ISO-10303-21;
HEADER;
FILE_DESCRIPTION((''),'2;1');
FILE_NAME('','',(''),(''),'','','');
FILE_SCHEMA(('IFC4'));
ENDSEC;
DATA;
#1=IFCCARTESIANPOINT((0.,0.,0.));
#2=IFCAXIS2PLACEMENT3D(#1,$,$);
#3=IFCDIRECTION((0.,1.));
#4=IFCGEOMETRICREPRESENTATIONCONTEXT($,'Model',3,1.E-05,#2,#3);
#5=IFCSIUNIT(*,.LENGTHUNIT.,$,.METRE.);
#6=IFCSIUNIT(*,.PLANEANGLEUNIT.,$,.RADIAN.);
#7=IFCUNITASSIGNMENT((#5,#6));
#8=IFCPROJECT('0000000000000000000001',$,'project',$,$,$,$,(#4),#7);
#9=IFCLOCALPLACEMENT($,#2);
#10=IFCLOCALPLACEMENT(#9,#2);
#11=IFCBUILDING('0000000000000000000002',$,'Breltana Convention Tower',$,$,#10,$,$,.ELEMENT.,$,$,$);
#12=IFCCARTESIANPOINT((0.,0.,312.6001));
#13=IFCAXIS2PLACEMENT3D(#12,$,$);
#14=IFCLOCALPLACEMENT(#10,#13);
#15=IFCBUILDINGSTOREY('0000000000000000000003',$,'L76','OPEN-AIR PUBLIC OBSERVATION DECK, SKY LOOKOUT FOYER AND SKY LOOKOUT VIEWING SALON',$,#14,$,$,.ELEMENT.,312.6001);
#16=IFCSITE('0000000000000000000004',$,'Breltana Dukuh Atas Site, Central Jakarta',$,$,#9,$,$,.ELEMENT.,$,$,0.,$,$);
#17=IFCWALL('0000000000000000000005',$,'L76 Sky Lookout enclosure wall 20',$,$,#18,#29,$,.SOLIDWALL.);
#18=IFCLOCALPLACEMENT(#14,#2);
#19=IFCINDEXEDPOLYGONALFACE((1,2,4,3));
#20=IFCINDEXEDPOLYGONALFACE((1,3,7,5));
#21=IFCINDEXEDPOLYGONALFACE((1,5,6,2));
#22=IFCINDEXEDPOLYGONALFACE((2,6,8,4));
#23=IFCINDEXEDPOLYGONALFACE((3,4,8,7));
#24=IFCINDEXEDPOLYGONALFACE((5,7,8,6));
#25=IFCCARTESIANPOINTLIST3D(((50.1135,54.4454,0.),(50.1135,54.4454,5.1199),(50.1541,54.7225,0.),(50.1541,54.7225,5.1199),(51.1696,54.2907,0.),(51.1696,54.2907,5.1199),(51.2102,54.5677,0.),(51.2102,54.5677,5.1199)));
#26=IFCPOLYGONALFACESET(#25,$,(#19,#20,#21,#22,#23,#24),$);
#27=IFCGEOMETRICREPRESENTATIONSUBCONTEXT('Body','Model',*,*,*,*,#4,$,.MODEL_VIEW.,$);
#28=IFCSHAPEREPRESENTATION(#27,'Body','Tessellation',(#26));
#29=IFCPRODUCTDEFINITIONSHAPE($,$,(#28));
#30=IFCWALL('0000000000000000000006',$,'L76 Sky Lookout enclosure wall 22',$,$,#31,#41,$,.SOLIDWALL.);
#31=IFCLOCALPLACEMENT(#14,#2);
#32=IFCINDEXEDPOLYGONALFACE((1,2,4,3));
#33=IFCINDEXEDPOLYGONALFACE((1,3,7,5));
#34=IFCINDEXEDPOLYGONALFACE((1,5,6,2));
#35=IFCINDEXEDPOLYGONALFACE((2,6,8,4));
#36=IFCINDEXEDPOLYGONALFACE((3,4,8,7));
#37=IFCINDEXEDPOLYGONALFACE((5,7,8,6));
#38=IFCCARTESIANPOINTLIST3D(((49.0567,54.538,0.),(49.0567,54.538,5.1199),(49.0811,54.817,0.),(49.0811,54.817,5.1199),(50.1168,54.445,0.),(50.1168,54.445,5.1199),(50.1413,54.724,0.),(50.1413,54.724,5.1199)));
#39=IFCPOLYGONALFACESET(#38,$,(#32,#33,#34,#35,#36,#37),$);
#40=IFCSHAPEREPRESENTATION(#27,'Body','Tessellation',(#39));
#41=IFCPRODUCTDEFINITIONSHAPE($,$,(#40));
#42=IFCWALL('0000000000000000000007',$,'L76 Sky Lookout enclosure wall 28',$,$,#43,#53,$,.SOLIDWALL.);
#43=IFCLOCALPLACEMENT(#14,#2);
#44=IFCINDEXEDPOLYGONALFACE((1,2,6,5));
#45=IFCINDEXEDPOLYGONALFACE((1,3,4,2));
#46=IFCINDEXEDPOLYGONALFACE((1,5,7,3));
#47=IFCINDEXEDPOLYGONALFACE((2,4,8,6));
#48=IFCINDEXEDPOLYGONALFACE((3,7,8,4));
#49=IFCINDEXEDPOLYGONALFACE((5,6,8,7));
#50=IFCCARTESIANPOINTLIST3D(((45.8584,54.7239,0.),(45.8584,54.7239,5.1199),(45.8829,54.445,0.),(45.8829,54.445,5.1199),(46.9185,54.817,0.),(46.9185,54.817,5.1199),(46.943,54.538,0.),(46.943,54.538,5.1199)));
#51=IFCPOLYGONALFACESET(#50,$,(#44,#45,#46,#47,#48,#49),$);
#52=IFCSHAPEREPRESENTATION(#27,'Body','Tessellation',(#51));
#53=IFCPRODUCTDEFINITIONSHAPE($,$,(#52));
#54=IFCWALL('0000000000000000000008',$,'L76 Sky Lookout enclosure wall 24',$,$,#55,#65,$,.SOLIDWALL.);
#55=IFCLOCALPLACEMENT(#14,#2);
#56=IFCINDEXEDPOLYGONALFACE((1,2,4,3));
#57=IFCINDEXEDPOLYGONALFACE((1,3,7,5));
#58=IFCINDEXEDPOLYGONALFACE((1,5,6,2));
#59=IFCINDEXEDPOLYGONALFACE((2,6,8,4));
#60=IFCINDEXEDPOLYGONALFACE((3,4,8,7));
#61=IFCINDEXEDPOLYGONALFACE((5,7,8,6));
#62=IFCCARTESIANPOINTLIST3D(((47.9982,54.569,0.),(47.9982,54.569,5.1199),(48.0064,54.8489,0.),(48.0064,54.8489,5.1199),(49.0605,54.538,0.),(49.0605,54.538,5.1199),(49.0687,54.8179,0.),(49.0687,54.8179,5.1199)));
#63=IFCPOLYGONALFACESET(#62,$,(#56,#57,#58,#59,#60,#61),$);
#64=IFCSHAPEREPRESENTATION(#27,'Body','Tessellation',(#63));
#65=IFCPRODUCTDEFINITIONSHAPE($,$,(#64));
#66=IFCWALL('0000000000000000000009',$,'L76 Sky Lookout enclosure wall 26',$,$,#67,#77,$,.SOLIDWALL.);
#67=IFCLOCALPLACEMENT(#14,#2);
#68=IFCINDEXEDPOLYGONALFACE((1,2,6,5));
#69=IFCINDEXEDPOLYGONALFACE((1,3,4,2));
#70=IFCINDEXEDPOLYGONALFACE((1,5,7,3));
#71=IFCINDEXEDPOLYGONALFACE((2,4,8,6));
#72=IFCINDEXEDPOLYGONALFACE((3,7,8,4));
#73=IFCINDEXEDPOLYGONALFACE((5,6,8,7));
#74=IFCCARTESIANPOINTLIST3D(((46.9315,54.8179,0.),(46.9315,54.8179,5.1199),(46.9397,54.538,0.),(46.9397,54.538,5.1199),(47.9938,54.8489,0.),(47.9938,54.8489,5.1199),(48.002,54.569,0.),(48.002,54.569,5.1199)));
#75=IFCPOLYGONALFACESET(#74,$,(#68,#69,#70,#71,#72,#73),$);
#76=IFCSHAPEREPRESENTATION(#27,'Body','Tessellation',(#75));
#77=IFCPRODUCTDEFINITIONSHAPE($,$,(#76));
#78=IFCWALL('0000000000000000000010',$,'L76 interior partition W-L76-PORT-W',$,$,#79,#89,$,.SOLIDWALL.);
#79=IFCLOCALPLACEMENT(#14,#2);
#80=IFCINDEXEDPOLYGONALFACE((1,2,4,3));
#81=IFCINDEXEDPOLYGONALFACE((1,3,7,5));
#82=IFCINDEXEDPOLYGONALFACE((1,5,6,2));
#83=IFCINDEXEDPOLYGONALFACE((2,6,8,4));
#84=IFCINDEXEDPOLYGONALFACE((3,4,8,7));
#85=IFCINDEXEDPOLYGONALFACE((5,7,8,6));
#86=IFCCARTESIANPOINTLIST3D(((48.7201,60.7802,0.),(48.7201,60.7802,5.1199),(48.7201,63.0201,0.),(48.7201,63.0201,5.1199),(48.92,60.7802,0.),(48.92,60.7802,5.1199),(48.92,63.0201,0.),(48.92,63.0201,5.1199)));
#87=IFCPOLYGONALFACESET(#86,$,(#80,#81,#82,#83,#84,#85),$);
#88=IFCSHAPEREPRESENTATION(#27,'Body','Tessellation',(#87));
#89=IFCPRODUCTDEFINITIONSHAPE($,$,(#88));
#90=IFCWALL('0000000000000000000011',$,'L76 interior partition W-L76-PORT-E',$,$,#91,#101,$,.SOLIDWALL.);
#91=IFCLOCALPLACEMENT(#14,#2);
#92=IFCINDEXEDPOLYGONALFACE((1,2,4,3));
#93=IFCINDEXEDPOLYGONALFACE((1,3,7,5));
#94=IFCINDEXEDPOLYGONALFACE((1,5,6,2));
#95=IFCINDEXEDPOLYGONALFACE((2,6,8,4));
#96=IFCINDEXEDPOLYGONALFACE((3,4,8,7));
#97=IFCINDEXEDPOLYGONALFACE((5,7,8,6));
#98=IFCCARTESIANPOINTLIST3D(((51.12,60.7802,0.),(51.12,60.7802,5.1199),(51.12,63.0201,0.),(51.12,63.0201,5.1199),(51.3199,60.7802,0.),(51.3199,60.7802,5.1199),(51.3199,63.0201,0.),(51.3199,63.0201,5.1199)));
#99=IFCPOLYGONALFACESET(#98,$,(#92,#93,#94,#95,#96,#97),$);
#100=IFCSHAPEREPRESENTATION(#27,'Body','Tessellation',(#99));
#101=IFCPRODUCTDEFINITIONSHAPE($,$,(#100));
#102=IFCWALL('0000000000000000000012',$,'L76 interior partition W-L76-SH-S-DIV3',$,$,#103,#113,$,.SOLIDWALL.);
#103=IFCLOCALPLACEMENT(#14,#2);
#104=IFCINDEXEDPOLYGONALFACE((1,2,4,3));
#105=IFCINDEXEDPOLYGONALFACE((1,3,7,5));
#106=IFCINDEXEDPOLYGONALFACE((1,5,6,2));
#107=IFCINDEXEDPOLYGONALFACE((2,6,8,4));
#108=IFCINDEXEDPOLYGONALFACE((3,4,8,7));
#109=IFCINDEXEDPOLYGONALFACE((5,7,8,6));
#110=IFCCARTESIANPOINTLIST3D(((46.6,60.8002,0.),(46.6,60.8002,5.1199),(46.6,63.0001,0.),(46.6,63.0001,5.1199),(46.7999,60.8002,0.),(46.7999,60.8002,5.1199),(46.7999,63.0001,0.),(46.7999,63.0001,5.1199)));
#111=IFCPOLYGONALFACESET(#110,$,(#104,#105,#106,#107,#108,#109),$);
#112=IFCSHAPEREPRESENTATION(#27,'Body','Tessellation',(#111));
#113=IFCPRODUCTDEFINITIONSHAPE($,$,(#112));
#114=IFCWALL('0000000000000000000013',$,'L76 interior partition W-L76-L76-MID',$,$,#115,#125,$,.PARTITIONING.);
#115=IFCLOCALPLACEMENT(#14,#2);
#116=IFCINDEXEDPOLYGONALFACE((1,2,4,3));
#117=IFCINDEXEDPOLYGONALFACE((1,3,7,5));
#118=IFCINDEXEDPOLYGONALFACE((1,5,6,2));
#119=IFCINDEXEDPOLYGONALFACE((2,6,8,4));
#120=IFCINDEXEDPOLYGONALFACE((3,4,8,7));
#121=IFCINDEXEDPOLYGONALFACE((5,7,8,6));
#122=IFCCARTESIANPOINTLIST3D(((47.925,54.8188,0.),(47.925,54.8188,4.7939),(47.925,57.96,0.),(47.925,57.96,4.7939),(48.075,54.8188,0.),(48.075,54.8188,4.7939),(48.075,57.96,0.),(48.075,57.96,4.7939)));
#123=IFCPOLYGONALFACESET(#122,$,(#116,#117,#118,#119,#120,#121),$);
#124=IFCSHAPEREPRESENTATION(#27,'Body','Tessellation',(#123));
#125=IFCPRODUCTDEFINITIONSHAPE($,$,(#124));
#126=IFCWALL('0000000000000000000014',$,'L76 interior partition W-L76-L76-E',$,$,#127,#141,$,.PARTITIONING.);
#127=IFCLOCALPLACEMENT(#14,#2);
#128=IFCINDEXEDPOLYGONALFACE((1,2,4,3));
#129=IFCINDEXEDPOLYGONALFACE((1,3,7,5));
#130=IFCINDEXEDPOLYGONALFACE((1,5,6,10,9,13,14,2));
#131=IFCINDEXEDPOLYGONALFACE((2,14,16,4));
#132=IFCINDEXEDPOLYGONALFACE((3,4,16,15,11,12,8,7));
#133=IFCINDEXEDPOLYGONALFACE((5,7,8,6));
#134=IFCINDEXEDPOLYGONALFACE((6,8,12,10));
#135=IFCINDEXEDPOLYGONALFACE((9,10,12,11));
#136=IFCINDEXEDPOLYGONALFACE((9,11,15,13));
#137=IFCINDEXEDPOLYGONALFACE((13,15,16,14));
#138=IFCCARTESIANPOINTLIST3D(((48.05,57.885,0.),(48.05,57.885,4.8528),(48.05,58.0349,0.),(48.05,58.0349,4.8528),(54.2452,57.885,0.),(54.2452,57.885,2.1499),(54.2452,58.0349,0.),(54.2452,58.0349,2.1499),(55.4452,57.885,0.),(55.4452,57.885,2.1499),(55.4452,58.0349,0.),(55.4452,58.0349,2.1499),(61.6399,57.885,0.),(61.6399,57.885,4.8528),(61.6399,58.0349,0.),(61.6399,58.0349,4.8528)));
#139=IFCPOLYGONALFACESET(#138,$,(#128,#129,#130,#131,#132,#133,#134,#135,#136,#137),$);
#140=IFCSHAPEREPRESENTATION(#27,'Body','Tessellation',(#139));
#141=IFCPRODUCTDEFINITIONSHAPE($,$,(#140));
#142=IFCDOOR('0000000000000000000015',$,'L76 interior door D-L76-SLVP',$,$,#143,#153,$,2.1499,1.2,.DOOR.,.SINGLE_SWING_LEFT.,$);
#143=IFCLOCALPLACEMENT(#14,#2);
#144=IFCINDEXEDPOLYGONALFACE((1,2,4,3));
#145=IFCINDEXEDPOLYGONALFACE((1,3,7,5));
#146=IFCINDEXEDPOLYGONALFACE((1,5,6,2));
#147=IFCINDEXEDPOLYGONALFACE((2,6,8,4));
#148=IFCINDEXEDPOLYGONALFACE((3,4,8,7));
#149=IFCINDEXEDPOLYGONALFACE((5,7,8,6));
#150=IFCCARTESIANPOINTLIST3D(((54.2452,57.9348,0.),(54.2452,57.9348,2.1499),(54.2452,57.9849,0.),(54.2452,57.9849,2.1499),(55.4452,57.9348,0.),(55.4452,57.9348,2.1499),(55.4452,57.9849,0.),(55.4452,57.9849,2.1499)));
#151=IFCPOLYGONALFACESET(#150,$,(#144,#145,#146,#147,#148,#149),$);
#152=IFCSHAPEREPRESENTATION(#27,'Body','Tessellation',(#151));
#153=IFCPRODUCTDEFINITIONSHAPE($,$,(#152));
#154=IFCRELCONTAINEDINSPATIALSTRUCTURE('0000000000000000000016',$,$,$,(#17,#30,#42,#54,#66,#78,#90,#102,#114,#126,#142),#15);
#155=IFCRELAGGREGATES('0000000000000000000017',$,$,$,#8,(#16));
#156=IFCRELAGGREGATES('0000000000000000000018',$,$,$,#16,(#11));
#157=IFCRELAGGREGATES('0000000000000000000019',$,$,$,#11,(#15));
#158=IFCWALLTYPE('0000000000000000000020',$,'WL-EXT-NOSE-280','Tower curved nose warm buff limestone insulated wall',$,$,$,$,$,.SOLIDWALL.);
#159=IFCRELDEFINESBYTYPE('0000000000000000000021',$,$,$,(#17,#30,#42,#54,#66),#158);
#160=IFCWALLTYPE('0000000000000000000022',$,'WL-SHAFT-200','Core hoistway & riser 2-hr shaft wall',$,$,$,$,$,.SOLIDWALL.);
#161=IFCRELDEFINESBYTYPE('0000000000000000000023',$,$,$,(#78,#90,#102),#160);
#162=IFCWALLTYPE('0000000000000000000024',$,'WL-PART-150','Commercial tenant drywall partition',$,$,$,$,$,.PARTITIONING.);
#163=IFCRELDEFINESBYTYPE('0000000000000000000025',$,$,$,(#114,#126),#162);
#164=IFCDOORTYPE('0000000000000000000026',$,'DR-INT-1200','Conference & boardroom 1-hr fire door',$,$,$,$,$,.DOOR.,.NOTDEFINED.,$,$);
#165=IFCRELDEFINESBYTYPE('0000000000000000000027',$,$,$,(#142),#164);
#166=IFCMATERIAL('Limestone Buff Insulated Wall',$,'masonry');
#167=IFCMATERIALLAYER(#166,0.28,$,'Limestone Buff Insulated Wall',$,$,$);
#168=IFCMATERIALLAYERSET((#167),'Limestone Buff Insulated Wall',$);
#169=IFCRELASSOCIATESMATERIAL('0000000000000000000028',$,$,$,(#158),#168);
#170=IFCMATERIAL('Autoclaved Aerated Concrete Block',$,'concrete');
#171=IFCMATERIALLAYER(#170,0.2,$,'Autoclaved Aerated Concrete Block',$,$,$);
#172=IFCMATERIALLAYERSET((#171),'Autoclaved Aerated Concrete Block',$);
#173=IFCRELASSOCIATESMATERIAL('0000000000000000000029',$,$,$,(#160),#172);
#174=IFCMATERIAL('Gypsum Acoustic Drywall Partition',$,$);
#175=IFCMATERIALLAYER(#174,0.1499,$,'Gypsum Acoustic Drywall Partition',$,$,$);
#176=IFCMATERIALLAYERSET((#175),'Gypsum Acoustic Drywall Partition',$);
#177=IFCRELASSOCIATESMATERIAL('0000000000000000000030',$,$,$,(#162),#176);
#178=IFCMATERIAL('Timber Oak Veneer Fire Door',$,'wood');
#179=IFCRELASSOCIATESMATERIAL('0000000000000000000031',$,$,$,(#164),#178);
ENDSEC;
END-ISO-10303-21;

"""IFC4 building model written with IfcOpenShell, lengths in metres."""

from ifc_helpers import new_model, si_unit, direction, frame, frame_2d, origin, place, context, subcontext, project, spatial, rectangle, extrude, source, transform, mapped, material, layer, layer_set, type_object, type_shapes, element, fill, save


model = new_model("IFC4")

# Units and contexts
model_context = context("Model", 3, precision=1e-05, world=origin(), true_north=direction((0.0, 1.0)))
body_context = subcontext(model_context, "Body", "Model", "MODEL_VIEW")
ifc_project = project(units=[si_unit("LENGTHUNIT", "METRE"), si_unit("PLANEANGLEUNIT", "RADIAN")], contexts=[model_context])

# Site, building, storey
site_placement = place(None, origin())
site = spatial("IfcSite", under=ifc_project, at=site_placement, Name="Breltana Dukuh Atas Site, Central Jakarta", CompositionType="ELEMENT", RefElevation=0.0)
building_placement = place(site_placement, origin())
building = spatial("IfcBuilding", under=site, at=building_placement, Name="Breltana Convention Tower", CompositionType="ELEMENT")
storey_placement = place(building_placement, frame((0.0, 0.0, 312.6001)))
storey = spatial("IfcBuildingStorey", under=building, at=storey_placement, Name="L76", Description="OPEN-AIR PUBLIC OBSERVATION DECK, SKY LOOKOUT FOYER AND SKY LOOKOUT VIEWING SALON", CompositionType="ELEMENT", Elevation=312.6001)

# Walls
ifc_material_1 = material(Name="Limestone Buff Insulated Wall", Category="masonry")
ifc_layer_1 = layer(ifc_material_1, 0.28, Name="Limestone Buff Insulated Wall")
ifc_layer_set_1 = layer_set([ifc_layer_1], Name="Limestone Buff Insulated Wall")
wall_type_1 = type_object("IfcWallType", Name="WL-EXT-NOSE-280", Description="Tower curved nose warm buff limestone insulated wall", PredefinedType="SOLIDWALL", material=ifc_layer_set_1)
shared_shape_1 = source(origin(), body_context, "Body", "SweptSolid", [
    extrude(rectangle(XDim=1.0674, YDim=0.28, at=frame_2d((0.5337, 0.0))), origin(), (0.0, 0.0, 1.0), 5.1199),
])
wall_1_placement = place(storey_placement, frame((51.1899, 54.4292, 0.0), z_axis=(0.0, 0.0, 1.0), x_axis=(-0.989431, 0.145007, 0.0)))
element("IfcWall", 1, at=wall_1_placement, inside=storey, type_object=wall_type_1, Name="L76 Sky Lookout enclosure wall 20", PredefinedType="SOLIDWALL", context=body_context, shape_type="MappedRepresentation", body=[
    mapped(shared_shape_1, transform((0.0, 0.0, 0.0), scale=1.0)),
])
shared_shape_2 = source(origin(), body_context, "Body", "SweptSolid", [
    extrude(rectangle(XDim=1.0642, YDim=0.28, at=frame_2d((0.5322, 0.0))), origin(), (0.0, 0.0, 1.0), 5.1199),
])
for number, where, z_axis, x_axis, name in (
    (2, (50.1292, 54.5845, 0.0), (0.0, 0.0, 1.0), (-0.996172, 0.087412, 0.0), "L76 Sky Lookout enclosure wall 22"),
    (3, (46.9309, 54.6775, 0.0), (0.0, 0.0, 1.0), (-0.996172, -0.087412, 0.0), "L76 Sky Lookout enclosure wall 28"),
):
    element("IfcWall", number, at=place(storey_placement, frame(where, z_axis=z_axis, x_axis=x_axis)), inside=storey, type_object=wall_type_1, Name=name, PredefinedType="SOLIDWALL", context=body_context, shape_type="MappedRepresentation", body=[
        mapped(shared_shape_2, transform((0.0, 0.0, 0.0), scale=1.0)),
    ])
shared_shape_3 = source(origin(), body_context, "Body", "SweptSolid", [
    extrude(rectangle(XDim=1.0627, YDim=0.28, at=frame_2d((0.5312, 0.0))), origin(), (0.0, 0.0, 1.0), 5.1199),
])
for number, where, z_axis, x_axis, name in (
    (4, (49.0645, 54.678, 0.0), (0.0, 0.0, 1.0), (-0.999574, 0.029176, 0.0), "L76 Sky Lookout enclosure wall 24"),
    (5, (47.9978, 54.709, 0.0), (0.0, 0.0, 1.0), (-0.999574, -0.029176, 0.0), "L76 Sky Lookout enclosure wall 26"),
):
    element("IfcWall", number, at=place(storey_placement, frame(where, z_axis=z_axis, x_axis=x_axis)), inside=storey, type_object=wall_type_1, Name=name, PredefinedType="SOLIDWALL", context=body_context, shape_type="MappedRepresentation", body=[
        mapped(shared_shape_3, transform((0.0, 0.0, 0.0), scale=1.0)),
    ])
ifc_material_2 = material(Name="Autoclaved Aerated Concrete Block", Category="concrete")
ifc_layer_2 = layer(ifc_material_2, 0.2, Name="Autoclaved Aerated Concrete Block")
ifc_layer_set_2 = layer_set([ifc_layer_2], Name="Autoclaved Aerated Concrete Block")
wall_type_2 = type_object("IfcWallType", Name="WL-SHAFT-200", Description="Core hoistway & riser 2-hr shaft wall", PredefinedType="SOLIDWALL", material=ifc_layer_set_2)
shared_shape_4 = source(origin(), body_context, "Body", "SweptSolid", [
    extrude(rectangle(XDim=2.24, YDim=0.2, at=frame_2d((1.1201, 0.0))), origin(), (0.0, 0.0, 1.0), 5.1199),
])
for number, where, z_axis, x_axis, name in (
    (6, (48.8201, 60.78, 0.0), (0.0, 0.0, 1.0), (0.0, 1.0, 0.0), "L76 interior partition W-L76-PORT-W"),
    (7, (51.22, 60.78, 0.0), (0.0, 0.0, 1.0), (0.0, 1.0, 0.0), "L76 interior partition W-L76-PORT-E"),
):
    element("IfcWall", number, at=place(storey_placement, frame(where, z_axis=z_axis, x_axis=x_axis)), inside=storey, type_object=wall_type_2, Name=name, PredefinedType="SOLIDWALL", context=body_context, shape_type="MappedRepresentation", body=[
        mapped(shared_shape_4, transform((0.0, 0.0, 0.0), scale=1.0)),
    ])
shared_shape_5 = source(origin(), body_context, "Body", "SweptSolid", [
    extrude(rectangle(XDim=2.2, YDim=0.2, at=frame_2d((1.1001, 0.0))), origin(), (0.0, 0.0, 1.0), 5.1199),
])
wall_2_placement = place(storey_placement, frame((46.7, 60.8, 0.0), z_axis=(0.0, 0.0, 1.0), x_axis=(0.0, 1.0, 0.0)))
element("IfcWall", 8, at=wall_2_placement, inside=storey, type_object=wall_type_2, Name="L76 interior partition W-L76-SH-S-DIV3", PredefinedType="SOLIDWALL", context=body_context, shape_type="MappedRepresentation", body=[
    mapped(shared_shape_5, transform((0.0, 0.0, 0.0), scale=1.0)),
])
ifc_material_3 = material(Name="Gypsum Acoustic Drywall Partition")
ifc_layer_3 = layer(ifc_material_3, 0.1499, Name="Gypsum Acoustic Drywall Partition")
ifc_layer_set_3 = layer_set([ifc_layer_3], Name="Gypsum Acoustic Drywall Partition")
wall_type_3 = type_object("IfcWallType", Name="WL-PART-150", Description="Commercial tenant drywall partition", PredefinedType="PARTITIONING", material=ifc_layer_set_3)
shared_shape_6 = source(origin(), body_context, "Body", "SweptSolid", [
    extrude(rectangle(XDim=3.1411, YDim=0.1499, at=frame_2d((1.5706, 0.0))), origin(), (0.0, 0.0, 1.0), 4.7939),
])
wall_3_placement = place(storey_placement, frame((48.0, 54.8188, 0.0), z_axis=(0.0, 0.0, 1.0), x_axis=(0.0, 1.0, 0.0)))
element("IfcWall", 9, at=wall_3_placement, inside=storey, type_object=wall_type_3, Name="L76 interior partition W-L76-L76-MID", PredefinedType="PARTITIONING", context=body_context, shape_type="MappedRepresentation", body=[
    mapped(shared_shape_6, transform((0.0, 0.0, 0.0), scale=1.0)),
])

# Wall, opening, door
shared_shape_7 = source(origin(), body_context, "Body", "SweptSolid", [
    extrude(rectangle(XDim=13.5898, YDim=0.1499, at=frame_2d((6.7949, 0.0))), origin(), (0.0, 0.0, 1.0), 4.8528),
])
wall_4_placement = place(storey_placement, frame((48.05, 57.96, 0.0), z_axis=(0.0, 0.0, 1.0), x_axis=(1.0, 0.0, 0.0)))
wall_4 = element("IfcWall", 10, at=wall_4_placement, inside=storey, type_object=wall_type_3, Name="L76 interior partition W-L76-L76-E", PredefinedType="PARTITIONING", context=body_context, shape_type="MappedRepresentation", body=[
    mapped(shared_shape_7, transform((0.0, 0.0, 0.0), scale=1.0)),
])
opening_placement = place(wall_4_placement, frame((6.1951, 0.0, 0.0)))
opening = element("IfcOpeningElement", 11, at=opening_placement, cuts=wall_4, PredefinedType="OPENING", context=body_context, shape_type="SweptSolid", body=[
    extrude(rectangle(XDim=1.2, YDim=2.1499, at=frame_2d((0.6001, 1.075))), frame((0.0, 0.085, 0.0), z_axis=(0.0, -1.0, 0.0), x_axis=(1.0, 0.0, 0.0)), (0.0, 0.0, 1.0), 0.1699),
])
ifc_material_4 = material(Name="Timber Oak Veneer Fire Door", Category="wood")
door_type = type_object("IfcDoorType", Name="DR-INT-1200", Description="Conference & boardroom 1-hr fire door", OperationType="NOTDEFINED", PredefinedType="DOOR", material=ifc_material_4)
shared_shape_8 = source(origin(), body_context, "Body", "SweptSolid", [
    extrude(rectangle(XDim=1.2, YDim=2.1499, at=frame_2d((0.6001, 1.075))), frame((0.0, 0.0249, 0.0), z_axis=(0.0, -1.0, 0.0), x_axis=(1.0, 0.0, 0.0)), (0.0, 0.0, 1.0), 0.05),
])
type_shapes(door_type, [shared_shape_8])
door_placement = place(opening_placement, origin())
door = element("IfcDoor", 12, at=door_placement, inside=storey, type_object=door_type, Name="L76 interior door D-L76-SLVP", OperationType="SINGLE_SWING_LEFT", OverallHeight=2.1499, OverallWidth=1.2, PredefinedType="DOOR", context=body_context, shape_type="MappedRepresentation", body=[
    mapped(shared_shape_8, transform((0.0, 0.0, 0.0), scale=1.0)),
])
fill(opening, door)

save(model, "model.ifc")
